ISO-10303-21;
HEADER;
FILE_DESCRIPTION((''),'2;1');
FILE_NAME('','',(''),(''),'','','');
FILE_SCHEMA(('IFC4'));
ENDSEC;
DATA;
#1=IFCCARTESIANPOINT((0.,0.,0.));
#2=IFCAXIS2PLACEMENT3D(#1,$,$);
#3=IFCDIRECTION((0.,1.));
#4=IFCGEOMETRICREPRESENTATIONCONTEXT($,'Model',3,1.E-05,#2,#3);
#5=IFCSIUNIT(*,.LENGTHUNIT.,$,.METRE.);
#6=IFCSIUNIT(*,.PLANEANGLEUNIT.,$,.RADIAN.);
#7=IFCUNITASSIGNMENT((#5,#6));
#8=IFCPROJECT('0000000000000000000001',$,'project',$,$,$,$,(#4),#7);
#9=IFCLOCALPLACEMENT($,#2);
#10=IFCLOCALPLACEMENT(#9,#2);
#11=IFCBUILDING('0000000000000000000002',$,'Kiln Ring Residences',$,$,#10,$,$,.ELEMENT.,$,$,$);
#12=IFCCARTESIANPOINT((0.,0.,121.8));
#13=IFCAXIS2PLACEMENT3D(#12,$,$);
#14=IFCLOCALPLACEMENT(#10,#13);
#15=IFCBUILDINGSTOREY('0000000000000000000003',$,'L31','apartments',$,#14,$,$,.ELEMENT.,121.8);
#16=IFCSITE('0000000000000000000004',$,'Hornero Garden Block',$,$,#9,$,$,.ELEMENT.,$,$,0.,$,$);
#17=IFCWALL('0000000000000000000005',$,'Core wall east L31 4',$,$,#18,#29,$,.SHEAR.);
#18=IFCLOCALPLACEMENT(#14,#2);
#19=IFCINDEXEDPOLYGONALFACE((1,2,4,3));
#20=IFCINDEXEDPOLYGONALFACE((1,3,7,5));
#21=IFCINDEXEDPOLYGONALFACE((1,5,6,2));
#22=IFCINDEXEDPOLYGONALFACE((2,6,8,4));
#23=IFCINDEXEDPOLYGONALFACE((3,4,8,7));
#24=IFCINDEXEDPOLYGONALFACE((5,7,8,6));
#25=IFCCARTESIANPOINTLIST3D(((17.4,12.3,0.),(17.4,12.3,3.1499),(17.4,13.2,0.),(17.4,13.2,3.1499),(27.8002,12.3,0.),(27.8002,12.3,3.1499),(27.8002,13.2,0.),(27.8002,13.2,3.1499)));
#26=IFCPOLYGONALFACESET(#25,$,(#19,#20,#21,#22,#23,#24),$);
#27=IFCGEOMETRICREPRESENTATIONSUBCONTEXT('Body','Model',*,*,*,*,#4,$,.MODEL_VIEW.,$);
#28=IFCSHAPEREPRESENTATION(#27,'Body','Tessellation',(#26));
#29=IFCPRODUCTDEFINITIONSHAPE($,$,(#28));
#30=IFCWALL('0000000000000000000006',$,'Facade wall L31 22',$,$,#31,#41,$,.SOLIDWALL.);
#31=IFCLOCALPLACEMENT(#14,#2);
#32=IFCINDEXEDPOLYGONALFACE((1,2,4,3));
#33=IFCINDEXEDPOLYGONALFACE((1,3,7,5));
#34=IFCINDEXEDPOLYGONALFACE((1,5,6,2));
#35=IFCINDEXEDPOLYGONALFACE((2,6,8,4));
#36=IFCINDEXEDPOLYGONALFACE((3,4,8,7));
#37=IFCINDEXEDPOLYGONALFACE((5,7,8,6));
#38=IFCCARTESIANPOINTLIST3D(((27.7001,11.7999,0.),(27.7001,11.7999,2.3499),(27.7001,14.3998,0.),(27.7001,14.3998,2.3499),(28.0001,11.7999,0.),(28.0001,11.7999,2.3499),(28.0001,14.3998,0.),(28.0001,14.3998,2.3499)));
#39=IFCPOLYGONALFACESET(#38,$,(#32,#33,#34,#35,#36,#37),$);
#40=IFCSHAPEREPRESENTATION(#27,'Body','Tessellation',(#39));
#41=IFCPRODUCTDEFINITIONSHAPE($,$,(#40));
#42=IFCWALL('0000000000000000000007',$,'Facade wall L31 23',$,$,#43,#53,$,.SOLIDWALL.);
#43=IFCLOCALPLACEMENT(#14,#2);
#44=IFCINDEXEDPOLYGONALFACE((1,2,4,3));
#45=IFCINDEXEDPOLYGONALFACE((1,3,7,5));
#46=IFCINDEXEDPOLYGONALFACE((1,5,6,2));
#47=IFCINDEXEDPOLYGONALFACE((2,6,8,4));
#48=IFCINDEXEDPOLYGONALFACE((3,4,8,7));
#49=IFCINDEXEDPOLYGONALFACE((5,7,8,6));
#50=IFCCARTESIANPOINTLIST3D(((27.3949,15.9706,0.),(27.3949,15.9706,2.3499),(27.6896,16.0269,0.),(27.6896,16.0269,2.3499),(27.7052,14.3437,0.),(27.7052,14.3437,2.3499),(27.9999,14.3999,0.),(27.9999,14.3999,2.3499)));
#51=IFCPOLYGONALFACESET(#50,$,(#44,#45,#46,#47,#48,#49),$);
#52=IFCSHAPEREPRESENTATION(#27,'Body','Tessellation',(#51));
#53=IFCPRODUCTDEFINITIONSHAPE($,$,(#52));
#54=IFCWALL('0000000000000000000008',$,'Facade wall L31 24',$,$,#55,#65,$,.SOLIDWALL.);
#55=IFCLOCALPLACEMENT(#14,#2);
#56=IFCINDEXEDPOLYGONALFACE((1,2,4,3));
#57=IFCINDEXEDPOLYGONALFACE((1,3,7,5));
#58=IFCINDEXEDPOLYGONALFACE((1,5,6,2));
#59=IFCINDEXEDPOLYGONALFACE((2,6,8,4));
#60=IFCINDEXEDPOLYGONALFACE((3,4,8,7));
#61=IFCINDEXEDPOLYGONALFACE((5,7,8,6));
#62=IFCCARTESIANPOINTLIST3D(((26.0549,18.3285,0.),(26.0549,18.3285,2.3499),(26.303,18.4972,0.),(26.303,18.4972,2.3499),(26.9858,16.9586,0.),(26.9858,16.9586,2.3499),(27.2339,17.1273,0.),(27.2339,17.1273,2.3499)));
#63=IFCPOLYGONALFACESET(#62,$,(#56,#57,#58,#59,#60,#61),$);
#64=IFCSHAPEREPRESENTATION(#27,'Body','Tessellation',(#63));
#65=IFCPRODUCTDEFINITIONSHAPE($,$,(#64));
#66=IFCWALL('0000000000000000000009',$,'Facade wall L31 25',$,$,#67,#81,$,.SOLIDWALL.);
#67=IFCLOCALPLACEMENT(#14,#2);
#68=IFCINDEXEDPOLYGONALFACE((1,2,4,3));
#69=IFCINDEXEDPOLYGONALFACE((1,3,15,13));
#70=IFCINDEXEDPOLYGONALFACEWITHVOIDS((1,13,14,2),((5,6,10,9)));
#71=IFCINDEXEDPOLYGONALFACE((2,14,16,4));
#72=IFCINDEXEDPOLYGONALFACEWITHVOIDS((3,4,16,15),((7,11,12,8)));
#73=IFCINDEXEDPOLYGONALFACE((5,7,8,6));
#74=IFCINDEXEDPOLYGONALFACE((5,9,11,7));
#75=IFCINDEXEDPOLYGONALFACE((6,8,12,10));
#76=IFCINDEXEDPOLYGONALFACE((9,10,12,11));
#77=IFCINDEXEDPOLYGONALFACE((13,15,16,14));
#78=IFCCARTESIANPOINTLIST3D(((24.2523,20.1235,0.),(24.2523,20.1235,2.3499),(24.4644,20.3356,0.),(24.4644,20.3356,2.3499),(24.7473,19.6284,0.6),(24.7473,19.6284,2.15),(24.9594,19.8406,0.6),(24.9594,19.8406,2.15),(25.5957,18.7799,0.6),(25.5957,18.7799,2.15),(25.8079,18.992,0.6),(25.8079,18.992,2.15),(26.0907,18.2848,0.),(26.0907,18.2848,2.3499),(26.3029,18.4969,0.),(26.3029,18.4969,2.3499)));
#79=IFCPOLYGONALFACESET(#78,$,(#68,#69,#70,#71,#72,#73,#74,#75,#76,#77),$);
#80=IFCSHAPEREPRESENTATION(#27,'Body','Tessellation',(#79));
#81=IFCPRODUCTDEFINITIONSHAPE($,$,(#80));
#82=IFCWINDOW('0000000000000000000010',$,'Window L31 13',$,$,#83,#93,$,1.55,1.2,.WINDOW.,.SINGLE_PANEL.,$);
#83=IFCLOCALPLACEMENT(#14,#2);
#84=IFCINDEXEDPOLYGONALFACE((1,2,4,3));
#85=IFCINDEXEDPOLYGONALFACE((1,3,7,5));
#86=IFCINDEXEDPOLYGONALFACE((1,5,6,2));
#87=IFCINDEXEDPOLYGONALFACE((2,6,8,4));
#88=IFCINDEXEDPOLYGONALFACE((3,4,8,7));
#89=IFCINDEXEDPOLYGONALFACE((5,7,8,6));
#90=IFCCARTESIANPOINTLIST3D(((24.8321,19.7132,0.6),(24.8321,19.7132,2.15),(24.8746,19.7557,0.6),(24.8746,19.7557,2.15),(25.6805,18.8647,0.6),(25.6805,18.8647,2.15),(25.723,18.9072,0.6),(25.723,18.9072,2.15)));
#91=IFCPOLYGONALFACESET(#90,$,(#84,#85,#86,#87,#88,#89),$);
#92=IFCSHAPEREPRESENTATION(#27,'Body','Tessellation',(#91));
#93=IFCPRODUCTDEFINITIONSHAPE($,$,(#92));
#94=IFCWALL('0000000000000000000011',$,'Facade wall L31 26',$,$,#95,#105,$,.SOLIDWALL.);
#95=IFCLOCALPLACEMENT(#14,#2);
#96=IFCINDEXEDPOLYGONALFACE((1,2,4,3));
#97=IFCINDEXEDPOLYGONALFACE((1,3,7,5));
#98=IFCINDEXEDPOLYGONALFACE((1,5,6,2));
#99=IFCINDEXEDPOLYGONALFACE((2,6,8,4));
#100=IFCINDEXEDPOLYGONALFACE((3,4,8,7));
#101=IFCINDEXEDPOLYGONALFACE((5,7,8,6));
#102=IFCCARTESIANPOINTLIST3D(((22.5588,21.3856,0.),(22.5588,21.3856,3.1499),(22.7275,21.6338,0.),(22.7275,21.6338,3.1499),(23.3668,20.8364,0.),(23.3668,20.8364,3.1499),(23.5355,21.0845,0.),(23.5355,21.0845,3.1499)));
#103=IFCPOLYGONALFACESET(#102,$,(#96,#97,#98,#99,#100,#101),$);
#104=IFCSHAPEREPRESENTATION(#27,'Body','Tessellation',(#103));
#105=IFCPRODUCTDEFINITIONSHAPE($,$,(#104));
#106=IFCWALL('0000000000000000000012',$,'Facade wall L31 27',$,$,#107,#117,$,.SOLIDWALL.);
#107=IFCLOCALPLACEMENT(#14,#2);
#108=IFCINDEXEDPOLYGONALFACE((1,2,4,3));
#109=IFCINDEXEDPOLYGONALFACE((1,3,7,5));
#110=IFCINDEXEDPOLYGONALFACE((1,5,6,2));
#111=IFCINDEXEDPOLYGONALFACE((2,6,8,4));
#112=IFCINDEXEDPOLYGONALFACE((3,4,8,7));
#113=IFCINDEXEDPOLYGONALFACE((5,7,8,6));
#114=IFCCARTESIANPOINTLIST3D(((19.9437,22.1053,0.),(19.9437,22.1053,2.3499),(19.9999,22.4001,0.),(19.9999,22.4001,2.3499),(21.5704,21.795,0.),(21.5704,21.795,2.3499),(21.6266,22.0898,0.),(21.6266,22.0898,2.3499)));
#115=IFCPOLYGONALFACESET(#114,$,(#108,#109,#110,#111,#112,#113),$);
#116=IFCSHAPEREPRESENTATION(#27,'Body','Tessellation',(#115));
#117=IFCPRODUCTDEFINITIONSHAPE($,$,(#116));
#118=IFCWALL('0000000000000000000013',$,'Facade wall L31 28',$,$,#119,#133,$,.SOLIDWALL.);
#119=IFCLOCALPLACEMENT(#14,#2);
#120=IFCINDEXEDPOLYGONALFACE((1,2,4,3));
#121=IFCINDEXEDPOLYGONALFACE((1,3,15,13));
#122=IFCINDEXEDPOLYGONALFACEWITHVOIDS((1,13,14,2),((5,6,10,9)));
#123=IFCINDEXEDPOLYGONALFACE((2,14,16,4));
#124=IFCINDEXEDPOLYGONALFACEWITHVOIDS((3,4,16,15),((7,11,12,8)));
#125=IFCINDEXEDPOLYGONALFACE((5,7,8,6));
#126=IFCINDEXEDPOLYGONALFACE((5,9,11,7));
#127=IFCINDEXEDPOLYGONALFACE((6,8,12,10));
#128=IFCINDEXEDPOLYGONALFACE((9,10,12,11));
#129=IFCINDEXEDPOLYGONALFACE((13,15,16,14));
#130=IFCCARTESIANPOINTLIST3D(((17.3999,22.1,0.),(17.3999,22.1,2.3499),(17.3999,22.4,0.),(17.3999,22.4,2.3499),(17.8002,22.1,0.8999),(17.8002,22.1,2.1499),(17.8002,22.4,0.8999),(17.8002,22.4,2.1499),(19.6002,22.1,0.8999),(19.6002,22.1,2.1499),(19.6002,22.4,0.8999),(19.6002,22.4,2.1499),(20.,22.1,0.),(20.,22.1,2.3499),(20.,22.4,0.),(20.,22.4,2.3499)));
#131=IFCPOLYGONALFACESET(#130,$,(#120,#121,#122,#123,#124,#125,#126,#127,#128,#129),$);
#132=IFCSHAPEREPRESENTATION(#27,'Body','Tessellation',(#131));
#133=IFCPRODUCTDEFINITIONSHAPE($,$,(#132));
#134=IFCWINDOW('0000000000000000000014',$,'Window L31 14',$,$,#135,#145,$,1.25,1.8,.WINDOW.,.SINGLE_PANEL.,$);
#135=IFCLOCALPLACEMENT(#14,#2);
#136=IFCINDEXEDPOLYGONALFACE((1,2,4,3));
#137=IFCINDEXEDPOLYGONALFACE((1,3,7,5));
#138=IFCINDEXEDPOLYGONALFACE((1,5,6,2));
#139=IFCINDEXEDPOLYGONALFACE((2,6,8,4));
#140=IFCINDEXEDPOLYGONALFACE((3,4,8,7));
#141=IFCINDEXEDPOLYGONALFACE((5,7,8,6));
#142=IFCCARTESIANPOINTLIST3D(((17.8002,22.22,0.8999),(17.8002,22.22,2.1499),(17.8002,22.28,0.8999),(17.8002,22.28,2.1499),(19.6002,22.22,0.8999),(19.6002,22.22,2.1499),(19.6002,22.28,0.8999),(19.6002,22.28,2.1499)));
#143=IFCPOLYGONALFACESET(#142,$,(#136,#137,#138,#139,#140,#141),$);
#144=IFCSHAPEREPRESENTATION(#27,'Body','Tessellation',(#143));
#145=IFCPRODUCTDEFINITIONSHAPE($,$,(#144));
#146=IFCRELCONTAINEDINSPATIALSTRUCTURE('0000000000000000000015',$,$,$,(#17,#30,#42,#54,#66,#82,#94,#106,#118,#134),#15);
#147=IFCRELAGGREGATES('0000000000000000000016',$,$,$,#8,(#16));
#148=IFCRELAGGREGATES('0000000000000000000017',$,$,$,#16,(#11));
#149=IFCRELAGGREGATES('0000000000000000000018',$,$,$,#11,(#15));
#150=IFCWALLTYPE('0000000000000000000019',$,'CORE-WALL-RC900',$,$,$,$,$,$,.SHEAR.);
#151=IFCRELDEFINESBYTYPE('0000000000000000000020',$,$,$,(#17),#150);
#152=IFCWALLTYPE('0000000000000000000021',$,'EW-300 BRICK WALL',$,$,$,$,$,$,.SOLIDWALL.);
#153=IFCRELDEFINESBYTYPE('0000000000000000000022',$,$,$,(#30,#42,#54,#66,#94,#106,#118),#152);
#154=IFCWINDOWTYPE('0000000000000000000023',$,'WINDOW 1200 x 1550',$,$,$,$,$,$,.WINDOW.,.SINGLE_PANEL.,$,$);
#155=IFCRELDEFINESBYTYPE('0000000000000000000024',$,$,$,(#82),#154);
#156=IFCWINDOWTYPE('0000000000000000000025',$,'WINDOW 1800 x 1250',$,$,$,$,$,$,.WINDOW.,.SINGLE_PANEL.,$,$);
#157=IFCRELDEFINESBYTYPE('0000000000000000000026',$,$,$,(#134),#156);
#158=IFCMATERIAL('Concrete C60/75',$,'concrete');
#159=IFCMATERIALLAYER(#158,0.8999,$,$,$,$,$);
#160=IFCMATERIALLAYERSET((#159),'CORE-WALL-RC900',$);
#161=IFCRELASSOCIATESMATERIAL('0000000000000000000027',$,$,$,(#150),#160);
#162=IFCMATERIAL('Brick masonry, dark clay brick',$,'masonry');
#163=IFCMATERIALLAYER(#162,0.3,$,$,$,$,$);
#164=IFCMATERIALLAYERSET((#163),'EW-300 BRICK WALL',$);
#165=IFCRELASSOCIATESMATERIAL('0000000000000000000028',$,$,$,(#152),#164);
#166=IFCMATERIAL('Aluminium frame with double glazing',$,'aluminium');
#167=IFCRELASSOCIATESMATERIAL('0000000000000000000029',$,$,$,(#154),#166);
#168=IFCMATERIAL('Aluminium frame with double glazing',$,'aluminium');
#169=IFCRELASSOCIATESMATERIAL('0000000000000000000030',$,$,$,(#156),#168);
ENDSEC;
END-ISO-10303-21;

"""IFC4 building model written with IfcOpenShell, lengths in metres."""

from ifc_helpers import new_model, si_unit, direction, frame, frame_2d, origin, place, context, subcontext, project, spatial, rectangle, extrude, material, layer, layer_set, type_object, element, fill, save


model = new_model("IFC4")

# Units and contexts
model_context = context("Model", 3, precision=1e-05, world=origin(), true_north=direction((0.0, 1.0)))
body_context = subcontext(model_context, "Body", "Model", "MODEL_VIEW")
ifc_project = project(units=[si_unit("LENGTHUNIT", "METRE"), si_unit("PLANEANGLEUNIT", "RADIAN")], contexts=[model_context])

# Site, building, storey
site_placement = place(None, origin())
site = spatial("IfcSite", under=ifc_project, at=site_placement, Name="Hornero Garden Block", CompositionType="ELEMENT", RefElevation=0.0)
building_placement = place(site_placement, origin())
building = spatial("IfcBuilding", under=site, at=building_placement, Name="Kiln Ring Residences", CompositionType="ELEMENT")
storey_placement = place(building_placement, frame((0.0, 0.0, 121.8)))
storey = spatial("IfcBuildingStorey", under=building, at=storey_placement, Name="L31", Description="apartments", CompositionType="ELEMENT", Elevation=121.8)

# Walls
ifc_material_1 = material(Name="Concrete C60/75", Category="concrete")
ifc_layer_1 = layer(ifc_material_1, 0.8999)
ifc_layer_set_1 = layer_set([ifc_layer_1], Name="CORE-WALL-RC900")
wall_type_1 = type_object("IfcWallType", Name="CORE-WALL-RC900", PredefinedType="SHEAR", material=ifc_layer_set_1)
wall_1_placement = place(storey_placement, frame((17.3999, 12.75, 0.0), z_axis=(0.0, 0.0, 1.0), x_axis=(1.0, 0.0, 0.0)))
element("IfcWall", 1, at=wall_1_placement, inside=storey, type_object=wall_type_1, Name="Core wall east L31 4", PredefinedType="SHEAR", context=body_context, shape_type="SweptSolid", body=[
    extrude(rectangle(XDim=10.4001, YDim=0.8999, at=frame_2d((5.2002, 0.0))), origin(), (0.0, 0.0, 1.0), 3.1499),
])
ifc_material_2 = material(Name="Brick masonry, dark clay brick", Category="masonry")
ifc_layer_2 = layer(ifc_material_2, 0.3)
ifc_layer_set_2 = layer_set([ifc_layer_2], Name="EW-300 BRICK WALL")
wall_type_2 = type_object("IfcWallType", Name="EW-300 BRICK WALL", PredefinedType="SOLIDWALL", material=ifc_layer_set_2)
wall_2_placement = place(storey_placement, frame((27.8501, 11.8, 0.0), z_axis=(0.0, 0.0, 1.0), x_axis=(0.0, 1.0, 0.0)))
element("IfcWall", 2, at=wall_2_placement, inside=storey, type_object=wall_type_2, Name="Facade wall L31 22", PredefinedType="SOLIDWALL", context=body_context, shape_type="SweptSolid", body=[
    extrude(rectangle(XDim=2.5999, YDim=0.3, at=frame_2d((1.2998, 0.0))), origin(), (0.0, 0.0, 1.0), 2.3499),
])
for number, where, z_axis, x_axis, name in (
    (3, (27.8525, 14.3718, 0.0), (0.0, 0.0, 1.0), (-0.187349, 0.982293, 0.0), "Facade wall L31 23"),
    (4, (27.1099, 17.043, 0.0), (0.0, 0.0, 1.0), (-0.56206, 0.827096, 0.0), "Facade wall L31 24"),
):
    element("IfcWall", number, at=place(storey_placement, frame(where, z_axis=z_axis, x_axis=x_axis)), inside=storey, type_object=wall_type_2, Name=name, PredefinedType="SOLIDWALL", context=body_context, shape_type="SweptSolid", body=[
        extrude(rectangle(XDim=1.6562, YDim=0.3, at=frame_2d((0.8281, 0.0))), origin(), (0.0, 0.0, 1.0), 2.3499),
    ])

# Wall, opening, window
wall_3_placement = place(storey_placement, frame((26.1968, 18.3909, 0.0), z_axis=(0.0, 0.0, 1.0), x_axis=(-0.70706, 0.707154, 0.0)))
wall_3 = element("IfcWall", 5, at=wall_3_placement, inside=storey, type_object=wall_type_2, Name="Facade wall L31 25", PredefinedType="SOLIDWALL", context=body_context, shape_type="SweptSolid", body=[
    extrude(rectangle(XDim=2.6001, YDim=0.3, at=frame_2d((1.3, 0.0))), origin(), (0.0, 0.0, 1.0), 2.3499),
])
opening_1_placement = place(wall_3_placement, frame((0.7, 0.0, 0.6001)))
opening_1 = element("IfcOpeningElement", 6, at=opening_1_placement, cuts=wall_3, PredefinedType="OPENING", context=body_context, shape_type="SweptSolid", body=[
    extrude(rectangle(XDim=1.2, YDim=1.55, at=frame_2d((0.6001, 0.7749))), frame((0.0, 0.1599, 0.0), z_axis=(0.0, -1.0, 0.0), x_axis=(1.0, 0.0, 0.0)), (0.0, 0.0, 1.0), 0.3201),
])
ifc_material_3 = material(Name="Aluminium frame with double glazing", Category="aluminium")
window_type_1 = type_object("IfcWindowType", Name="WINDOW 1200 x 1550", PartitioningType="SINGLE_PANEL", PredefinedType="WINDOW", material=ifc_material_3)
window_1_placement = place(opening_1_placement, origin())
window_1 = element("IfcWindow", 7, at=window_1_placement, inside=storey, type_object=window_type_1, Name="Window L31 13", OverallHeight=1.55, OverallWidth=1.2, PartitioningType="SINGLE_PANEL", PredefinedType="WINDOW", context=body_context, shape_type="SweptSolid", body=[
    extrude(rectangle(XDim=1.2, YDim=1.55, at=frame_2d((0.6001, 0.7749))), frame((0.0, 0.03, 0.0), z_axis=(0.0, -1.0, 0.0), x_axis=(1.0, 0.0, 0.0)), (0.0, 0.0, 1.0), 0.0601),
])
fill(opening_1, window_1)

# Walls
wall_4_placement = place(storey_placement, frame((23.4512, 20.9604, 0.0), z_axis=(0.0, 0.0, 1.0), x_axis=(-0.827019, 0.562173, 0.0)))
element("IfcWall", 8, at=wall_4_placement, inside=storey, type_object=wall_type_2, Name="Facade wall L31 26", PredefinedType="SOLIDWALL", context=body_context, shape_type="SweptSolid", body=[
    extrude(rectangle(XDim=0.9771, YDim=0.3, at=frame_2d((0.4885, 0.0))), origin(), (0.0, 0.0, 1.0), 3.1499),
])
wall_5_placement = place(storey_placement, frame((21.5986, 21.9424, 0.0), z_axis=(0.0, 0.0, 1.0), x_axis=(-0.982288, 0.187376, 0.0)))
element("IfcWall", 9, at=wall_5_placement, inside=storey, type_object=wall_type_2, Name="Facade wall L31 27", PredefinedType="SOLIDWALL", context=body_context, shape_type="SweptSolid", body=[
    extrude(rectangle(XDim=1.656, YDim=0.3, at=frame_2d((0.8281, 0.0))), origin(), (0.0, 0.0, 1.0), 2.3499),
])

# Wall, opening, window
wall_6_placement = place(storey_placement, frame((20.0, 22.25, 0.0), z_axis=(0.0, 0.0, 1.0), x_axis=(-1.0, 0.0, 0.0)))
wall_6 = element("IfcWall", 10, at=wall_6_placement, inside=storey, type_object=wall_type_2, Name="Facade wall L31 28", PredefinedType="SOLIDWALL", context=body_context, shape_type="SweptSolid", body=[
    extrude(rectangle(XDim=2.6001, YDim=0.3, at=frame_2d((1.3, 0.0))), origin(), (0.0, 0.0, 1.0), 2.3499),
])
opening_2_placement = place(wall_6_placement, frame((0.3999, 0.0, 0.8999)))
opening_2 = element("IfcOpeningElement", 11, at=opening_2_placement, cuts=wall_6, PredefinedType="OPENING", context=body_context, shape_type="SweptSolid", body=[
    extrude(rectangle(XDim=1.8, YDim=1.25, at=frame_2d((0.8999, 0.625))), frame((0.0, 0.1599, 0.0), z_axis=(0.0, -1.0, 0.0), x_axis=(1.0, 0.0, 0.0)), (0.0, 0.0, 1.0), 0.3201),
])
ifc_material_4 = material(Name="Aluminium frame with double glazing", Category="aluminium")
window_type_2 = type_object("IfcWindowType", Name="WINDOW 1800 x 1250", PartitioningType="SINGLE_PANEL", PredefinedType="WINDOW", material=ifc_material_4)
window_2_placement = place(opening_2_placement, origin())
window_2 = element("IfcWindow", 12, at=window_2_placement, inside=storey, type_object=window_type_2, Name="Window L31 14", OverallHeight=1.25, OverallWidth=1.8, PartitioningType="SINGLE_PANEL", PredefinedType="WINDOW", context=body_context, shape_type="SweptSolid", body=[
    extrude(rectangle(XDim=1.8, YDim=1.25, at=frame_2d((0.8999, 0.625))), frame((0.0, 0.03, 0.0), z_axis=(0.0, -1.0, 0.0), x_axis=(1.0, 0.0, 0.0)), (0.0, 0.0, 1.0), 0.0601),
])
fill(opening_2, window_2)

save(model, "model.ifc")
